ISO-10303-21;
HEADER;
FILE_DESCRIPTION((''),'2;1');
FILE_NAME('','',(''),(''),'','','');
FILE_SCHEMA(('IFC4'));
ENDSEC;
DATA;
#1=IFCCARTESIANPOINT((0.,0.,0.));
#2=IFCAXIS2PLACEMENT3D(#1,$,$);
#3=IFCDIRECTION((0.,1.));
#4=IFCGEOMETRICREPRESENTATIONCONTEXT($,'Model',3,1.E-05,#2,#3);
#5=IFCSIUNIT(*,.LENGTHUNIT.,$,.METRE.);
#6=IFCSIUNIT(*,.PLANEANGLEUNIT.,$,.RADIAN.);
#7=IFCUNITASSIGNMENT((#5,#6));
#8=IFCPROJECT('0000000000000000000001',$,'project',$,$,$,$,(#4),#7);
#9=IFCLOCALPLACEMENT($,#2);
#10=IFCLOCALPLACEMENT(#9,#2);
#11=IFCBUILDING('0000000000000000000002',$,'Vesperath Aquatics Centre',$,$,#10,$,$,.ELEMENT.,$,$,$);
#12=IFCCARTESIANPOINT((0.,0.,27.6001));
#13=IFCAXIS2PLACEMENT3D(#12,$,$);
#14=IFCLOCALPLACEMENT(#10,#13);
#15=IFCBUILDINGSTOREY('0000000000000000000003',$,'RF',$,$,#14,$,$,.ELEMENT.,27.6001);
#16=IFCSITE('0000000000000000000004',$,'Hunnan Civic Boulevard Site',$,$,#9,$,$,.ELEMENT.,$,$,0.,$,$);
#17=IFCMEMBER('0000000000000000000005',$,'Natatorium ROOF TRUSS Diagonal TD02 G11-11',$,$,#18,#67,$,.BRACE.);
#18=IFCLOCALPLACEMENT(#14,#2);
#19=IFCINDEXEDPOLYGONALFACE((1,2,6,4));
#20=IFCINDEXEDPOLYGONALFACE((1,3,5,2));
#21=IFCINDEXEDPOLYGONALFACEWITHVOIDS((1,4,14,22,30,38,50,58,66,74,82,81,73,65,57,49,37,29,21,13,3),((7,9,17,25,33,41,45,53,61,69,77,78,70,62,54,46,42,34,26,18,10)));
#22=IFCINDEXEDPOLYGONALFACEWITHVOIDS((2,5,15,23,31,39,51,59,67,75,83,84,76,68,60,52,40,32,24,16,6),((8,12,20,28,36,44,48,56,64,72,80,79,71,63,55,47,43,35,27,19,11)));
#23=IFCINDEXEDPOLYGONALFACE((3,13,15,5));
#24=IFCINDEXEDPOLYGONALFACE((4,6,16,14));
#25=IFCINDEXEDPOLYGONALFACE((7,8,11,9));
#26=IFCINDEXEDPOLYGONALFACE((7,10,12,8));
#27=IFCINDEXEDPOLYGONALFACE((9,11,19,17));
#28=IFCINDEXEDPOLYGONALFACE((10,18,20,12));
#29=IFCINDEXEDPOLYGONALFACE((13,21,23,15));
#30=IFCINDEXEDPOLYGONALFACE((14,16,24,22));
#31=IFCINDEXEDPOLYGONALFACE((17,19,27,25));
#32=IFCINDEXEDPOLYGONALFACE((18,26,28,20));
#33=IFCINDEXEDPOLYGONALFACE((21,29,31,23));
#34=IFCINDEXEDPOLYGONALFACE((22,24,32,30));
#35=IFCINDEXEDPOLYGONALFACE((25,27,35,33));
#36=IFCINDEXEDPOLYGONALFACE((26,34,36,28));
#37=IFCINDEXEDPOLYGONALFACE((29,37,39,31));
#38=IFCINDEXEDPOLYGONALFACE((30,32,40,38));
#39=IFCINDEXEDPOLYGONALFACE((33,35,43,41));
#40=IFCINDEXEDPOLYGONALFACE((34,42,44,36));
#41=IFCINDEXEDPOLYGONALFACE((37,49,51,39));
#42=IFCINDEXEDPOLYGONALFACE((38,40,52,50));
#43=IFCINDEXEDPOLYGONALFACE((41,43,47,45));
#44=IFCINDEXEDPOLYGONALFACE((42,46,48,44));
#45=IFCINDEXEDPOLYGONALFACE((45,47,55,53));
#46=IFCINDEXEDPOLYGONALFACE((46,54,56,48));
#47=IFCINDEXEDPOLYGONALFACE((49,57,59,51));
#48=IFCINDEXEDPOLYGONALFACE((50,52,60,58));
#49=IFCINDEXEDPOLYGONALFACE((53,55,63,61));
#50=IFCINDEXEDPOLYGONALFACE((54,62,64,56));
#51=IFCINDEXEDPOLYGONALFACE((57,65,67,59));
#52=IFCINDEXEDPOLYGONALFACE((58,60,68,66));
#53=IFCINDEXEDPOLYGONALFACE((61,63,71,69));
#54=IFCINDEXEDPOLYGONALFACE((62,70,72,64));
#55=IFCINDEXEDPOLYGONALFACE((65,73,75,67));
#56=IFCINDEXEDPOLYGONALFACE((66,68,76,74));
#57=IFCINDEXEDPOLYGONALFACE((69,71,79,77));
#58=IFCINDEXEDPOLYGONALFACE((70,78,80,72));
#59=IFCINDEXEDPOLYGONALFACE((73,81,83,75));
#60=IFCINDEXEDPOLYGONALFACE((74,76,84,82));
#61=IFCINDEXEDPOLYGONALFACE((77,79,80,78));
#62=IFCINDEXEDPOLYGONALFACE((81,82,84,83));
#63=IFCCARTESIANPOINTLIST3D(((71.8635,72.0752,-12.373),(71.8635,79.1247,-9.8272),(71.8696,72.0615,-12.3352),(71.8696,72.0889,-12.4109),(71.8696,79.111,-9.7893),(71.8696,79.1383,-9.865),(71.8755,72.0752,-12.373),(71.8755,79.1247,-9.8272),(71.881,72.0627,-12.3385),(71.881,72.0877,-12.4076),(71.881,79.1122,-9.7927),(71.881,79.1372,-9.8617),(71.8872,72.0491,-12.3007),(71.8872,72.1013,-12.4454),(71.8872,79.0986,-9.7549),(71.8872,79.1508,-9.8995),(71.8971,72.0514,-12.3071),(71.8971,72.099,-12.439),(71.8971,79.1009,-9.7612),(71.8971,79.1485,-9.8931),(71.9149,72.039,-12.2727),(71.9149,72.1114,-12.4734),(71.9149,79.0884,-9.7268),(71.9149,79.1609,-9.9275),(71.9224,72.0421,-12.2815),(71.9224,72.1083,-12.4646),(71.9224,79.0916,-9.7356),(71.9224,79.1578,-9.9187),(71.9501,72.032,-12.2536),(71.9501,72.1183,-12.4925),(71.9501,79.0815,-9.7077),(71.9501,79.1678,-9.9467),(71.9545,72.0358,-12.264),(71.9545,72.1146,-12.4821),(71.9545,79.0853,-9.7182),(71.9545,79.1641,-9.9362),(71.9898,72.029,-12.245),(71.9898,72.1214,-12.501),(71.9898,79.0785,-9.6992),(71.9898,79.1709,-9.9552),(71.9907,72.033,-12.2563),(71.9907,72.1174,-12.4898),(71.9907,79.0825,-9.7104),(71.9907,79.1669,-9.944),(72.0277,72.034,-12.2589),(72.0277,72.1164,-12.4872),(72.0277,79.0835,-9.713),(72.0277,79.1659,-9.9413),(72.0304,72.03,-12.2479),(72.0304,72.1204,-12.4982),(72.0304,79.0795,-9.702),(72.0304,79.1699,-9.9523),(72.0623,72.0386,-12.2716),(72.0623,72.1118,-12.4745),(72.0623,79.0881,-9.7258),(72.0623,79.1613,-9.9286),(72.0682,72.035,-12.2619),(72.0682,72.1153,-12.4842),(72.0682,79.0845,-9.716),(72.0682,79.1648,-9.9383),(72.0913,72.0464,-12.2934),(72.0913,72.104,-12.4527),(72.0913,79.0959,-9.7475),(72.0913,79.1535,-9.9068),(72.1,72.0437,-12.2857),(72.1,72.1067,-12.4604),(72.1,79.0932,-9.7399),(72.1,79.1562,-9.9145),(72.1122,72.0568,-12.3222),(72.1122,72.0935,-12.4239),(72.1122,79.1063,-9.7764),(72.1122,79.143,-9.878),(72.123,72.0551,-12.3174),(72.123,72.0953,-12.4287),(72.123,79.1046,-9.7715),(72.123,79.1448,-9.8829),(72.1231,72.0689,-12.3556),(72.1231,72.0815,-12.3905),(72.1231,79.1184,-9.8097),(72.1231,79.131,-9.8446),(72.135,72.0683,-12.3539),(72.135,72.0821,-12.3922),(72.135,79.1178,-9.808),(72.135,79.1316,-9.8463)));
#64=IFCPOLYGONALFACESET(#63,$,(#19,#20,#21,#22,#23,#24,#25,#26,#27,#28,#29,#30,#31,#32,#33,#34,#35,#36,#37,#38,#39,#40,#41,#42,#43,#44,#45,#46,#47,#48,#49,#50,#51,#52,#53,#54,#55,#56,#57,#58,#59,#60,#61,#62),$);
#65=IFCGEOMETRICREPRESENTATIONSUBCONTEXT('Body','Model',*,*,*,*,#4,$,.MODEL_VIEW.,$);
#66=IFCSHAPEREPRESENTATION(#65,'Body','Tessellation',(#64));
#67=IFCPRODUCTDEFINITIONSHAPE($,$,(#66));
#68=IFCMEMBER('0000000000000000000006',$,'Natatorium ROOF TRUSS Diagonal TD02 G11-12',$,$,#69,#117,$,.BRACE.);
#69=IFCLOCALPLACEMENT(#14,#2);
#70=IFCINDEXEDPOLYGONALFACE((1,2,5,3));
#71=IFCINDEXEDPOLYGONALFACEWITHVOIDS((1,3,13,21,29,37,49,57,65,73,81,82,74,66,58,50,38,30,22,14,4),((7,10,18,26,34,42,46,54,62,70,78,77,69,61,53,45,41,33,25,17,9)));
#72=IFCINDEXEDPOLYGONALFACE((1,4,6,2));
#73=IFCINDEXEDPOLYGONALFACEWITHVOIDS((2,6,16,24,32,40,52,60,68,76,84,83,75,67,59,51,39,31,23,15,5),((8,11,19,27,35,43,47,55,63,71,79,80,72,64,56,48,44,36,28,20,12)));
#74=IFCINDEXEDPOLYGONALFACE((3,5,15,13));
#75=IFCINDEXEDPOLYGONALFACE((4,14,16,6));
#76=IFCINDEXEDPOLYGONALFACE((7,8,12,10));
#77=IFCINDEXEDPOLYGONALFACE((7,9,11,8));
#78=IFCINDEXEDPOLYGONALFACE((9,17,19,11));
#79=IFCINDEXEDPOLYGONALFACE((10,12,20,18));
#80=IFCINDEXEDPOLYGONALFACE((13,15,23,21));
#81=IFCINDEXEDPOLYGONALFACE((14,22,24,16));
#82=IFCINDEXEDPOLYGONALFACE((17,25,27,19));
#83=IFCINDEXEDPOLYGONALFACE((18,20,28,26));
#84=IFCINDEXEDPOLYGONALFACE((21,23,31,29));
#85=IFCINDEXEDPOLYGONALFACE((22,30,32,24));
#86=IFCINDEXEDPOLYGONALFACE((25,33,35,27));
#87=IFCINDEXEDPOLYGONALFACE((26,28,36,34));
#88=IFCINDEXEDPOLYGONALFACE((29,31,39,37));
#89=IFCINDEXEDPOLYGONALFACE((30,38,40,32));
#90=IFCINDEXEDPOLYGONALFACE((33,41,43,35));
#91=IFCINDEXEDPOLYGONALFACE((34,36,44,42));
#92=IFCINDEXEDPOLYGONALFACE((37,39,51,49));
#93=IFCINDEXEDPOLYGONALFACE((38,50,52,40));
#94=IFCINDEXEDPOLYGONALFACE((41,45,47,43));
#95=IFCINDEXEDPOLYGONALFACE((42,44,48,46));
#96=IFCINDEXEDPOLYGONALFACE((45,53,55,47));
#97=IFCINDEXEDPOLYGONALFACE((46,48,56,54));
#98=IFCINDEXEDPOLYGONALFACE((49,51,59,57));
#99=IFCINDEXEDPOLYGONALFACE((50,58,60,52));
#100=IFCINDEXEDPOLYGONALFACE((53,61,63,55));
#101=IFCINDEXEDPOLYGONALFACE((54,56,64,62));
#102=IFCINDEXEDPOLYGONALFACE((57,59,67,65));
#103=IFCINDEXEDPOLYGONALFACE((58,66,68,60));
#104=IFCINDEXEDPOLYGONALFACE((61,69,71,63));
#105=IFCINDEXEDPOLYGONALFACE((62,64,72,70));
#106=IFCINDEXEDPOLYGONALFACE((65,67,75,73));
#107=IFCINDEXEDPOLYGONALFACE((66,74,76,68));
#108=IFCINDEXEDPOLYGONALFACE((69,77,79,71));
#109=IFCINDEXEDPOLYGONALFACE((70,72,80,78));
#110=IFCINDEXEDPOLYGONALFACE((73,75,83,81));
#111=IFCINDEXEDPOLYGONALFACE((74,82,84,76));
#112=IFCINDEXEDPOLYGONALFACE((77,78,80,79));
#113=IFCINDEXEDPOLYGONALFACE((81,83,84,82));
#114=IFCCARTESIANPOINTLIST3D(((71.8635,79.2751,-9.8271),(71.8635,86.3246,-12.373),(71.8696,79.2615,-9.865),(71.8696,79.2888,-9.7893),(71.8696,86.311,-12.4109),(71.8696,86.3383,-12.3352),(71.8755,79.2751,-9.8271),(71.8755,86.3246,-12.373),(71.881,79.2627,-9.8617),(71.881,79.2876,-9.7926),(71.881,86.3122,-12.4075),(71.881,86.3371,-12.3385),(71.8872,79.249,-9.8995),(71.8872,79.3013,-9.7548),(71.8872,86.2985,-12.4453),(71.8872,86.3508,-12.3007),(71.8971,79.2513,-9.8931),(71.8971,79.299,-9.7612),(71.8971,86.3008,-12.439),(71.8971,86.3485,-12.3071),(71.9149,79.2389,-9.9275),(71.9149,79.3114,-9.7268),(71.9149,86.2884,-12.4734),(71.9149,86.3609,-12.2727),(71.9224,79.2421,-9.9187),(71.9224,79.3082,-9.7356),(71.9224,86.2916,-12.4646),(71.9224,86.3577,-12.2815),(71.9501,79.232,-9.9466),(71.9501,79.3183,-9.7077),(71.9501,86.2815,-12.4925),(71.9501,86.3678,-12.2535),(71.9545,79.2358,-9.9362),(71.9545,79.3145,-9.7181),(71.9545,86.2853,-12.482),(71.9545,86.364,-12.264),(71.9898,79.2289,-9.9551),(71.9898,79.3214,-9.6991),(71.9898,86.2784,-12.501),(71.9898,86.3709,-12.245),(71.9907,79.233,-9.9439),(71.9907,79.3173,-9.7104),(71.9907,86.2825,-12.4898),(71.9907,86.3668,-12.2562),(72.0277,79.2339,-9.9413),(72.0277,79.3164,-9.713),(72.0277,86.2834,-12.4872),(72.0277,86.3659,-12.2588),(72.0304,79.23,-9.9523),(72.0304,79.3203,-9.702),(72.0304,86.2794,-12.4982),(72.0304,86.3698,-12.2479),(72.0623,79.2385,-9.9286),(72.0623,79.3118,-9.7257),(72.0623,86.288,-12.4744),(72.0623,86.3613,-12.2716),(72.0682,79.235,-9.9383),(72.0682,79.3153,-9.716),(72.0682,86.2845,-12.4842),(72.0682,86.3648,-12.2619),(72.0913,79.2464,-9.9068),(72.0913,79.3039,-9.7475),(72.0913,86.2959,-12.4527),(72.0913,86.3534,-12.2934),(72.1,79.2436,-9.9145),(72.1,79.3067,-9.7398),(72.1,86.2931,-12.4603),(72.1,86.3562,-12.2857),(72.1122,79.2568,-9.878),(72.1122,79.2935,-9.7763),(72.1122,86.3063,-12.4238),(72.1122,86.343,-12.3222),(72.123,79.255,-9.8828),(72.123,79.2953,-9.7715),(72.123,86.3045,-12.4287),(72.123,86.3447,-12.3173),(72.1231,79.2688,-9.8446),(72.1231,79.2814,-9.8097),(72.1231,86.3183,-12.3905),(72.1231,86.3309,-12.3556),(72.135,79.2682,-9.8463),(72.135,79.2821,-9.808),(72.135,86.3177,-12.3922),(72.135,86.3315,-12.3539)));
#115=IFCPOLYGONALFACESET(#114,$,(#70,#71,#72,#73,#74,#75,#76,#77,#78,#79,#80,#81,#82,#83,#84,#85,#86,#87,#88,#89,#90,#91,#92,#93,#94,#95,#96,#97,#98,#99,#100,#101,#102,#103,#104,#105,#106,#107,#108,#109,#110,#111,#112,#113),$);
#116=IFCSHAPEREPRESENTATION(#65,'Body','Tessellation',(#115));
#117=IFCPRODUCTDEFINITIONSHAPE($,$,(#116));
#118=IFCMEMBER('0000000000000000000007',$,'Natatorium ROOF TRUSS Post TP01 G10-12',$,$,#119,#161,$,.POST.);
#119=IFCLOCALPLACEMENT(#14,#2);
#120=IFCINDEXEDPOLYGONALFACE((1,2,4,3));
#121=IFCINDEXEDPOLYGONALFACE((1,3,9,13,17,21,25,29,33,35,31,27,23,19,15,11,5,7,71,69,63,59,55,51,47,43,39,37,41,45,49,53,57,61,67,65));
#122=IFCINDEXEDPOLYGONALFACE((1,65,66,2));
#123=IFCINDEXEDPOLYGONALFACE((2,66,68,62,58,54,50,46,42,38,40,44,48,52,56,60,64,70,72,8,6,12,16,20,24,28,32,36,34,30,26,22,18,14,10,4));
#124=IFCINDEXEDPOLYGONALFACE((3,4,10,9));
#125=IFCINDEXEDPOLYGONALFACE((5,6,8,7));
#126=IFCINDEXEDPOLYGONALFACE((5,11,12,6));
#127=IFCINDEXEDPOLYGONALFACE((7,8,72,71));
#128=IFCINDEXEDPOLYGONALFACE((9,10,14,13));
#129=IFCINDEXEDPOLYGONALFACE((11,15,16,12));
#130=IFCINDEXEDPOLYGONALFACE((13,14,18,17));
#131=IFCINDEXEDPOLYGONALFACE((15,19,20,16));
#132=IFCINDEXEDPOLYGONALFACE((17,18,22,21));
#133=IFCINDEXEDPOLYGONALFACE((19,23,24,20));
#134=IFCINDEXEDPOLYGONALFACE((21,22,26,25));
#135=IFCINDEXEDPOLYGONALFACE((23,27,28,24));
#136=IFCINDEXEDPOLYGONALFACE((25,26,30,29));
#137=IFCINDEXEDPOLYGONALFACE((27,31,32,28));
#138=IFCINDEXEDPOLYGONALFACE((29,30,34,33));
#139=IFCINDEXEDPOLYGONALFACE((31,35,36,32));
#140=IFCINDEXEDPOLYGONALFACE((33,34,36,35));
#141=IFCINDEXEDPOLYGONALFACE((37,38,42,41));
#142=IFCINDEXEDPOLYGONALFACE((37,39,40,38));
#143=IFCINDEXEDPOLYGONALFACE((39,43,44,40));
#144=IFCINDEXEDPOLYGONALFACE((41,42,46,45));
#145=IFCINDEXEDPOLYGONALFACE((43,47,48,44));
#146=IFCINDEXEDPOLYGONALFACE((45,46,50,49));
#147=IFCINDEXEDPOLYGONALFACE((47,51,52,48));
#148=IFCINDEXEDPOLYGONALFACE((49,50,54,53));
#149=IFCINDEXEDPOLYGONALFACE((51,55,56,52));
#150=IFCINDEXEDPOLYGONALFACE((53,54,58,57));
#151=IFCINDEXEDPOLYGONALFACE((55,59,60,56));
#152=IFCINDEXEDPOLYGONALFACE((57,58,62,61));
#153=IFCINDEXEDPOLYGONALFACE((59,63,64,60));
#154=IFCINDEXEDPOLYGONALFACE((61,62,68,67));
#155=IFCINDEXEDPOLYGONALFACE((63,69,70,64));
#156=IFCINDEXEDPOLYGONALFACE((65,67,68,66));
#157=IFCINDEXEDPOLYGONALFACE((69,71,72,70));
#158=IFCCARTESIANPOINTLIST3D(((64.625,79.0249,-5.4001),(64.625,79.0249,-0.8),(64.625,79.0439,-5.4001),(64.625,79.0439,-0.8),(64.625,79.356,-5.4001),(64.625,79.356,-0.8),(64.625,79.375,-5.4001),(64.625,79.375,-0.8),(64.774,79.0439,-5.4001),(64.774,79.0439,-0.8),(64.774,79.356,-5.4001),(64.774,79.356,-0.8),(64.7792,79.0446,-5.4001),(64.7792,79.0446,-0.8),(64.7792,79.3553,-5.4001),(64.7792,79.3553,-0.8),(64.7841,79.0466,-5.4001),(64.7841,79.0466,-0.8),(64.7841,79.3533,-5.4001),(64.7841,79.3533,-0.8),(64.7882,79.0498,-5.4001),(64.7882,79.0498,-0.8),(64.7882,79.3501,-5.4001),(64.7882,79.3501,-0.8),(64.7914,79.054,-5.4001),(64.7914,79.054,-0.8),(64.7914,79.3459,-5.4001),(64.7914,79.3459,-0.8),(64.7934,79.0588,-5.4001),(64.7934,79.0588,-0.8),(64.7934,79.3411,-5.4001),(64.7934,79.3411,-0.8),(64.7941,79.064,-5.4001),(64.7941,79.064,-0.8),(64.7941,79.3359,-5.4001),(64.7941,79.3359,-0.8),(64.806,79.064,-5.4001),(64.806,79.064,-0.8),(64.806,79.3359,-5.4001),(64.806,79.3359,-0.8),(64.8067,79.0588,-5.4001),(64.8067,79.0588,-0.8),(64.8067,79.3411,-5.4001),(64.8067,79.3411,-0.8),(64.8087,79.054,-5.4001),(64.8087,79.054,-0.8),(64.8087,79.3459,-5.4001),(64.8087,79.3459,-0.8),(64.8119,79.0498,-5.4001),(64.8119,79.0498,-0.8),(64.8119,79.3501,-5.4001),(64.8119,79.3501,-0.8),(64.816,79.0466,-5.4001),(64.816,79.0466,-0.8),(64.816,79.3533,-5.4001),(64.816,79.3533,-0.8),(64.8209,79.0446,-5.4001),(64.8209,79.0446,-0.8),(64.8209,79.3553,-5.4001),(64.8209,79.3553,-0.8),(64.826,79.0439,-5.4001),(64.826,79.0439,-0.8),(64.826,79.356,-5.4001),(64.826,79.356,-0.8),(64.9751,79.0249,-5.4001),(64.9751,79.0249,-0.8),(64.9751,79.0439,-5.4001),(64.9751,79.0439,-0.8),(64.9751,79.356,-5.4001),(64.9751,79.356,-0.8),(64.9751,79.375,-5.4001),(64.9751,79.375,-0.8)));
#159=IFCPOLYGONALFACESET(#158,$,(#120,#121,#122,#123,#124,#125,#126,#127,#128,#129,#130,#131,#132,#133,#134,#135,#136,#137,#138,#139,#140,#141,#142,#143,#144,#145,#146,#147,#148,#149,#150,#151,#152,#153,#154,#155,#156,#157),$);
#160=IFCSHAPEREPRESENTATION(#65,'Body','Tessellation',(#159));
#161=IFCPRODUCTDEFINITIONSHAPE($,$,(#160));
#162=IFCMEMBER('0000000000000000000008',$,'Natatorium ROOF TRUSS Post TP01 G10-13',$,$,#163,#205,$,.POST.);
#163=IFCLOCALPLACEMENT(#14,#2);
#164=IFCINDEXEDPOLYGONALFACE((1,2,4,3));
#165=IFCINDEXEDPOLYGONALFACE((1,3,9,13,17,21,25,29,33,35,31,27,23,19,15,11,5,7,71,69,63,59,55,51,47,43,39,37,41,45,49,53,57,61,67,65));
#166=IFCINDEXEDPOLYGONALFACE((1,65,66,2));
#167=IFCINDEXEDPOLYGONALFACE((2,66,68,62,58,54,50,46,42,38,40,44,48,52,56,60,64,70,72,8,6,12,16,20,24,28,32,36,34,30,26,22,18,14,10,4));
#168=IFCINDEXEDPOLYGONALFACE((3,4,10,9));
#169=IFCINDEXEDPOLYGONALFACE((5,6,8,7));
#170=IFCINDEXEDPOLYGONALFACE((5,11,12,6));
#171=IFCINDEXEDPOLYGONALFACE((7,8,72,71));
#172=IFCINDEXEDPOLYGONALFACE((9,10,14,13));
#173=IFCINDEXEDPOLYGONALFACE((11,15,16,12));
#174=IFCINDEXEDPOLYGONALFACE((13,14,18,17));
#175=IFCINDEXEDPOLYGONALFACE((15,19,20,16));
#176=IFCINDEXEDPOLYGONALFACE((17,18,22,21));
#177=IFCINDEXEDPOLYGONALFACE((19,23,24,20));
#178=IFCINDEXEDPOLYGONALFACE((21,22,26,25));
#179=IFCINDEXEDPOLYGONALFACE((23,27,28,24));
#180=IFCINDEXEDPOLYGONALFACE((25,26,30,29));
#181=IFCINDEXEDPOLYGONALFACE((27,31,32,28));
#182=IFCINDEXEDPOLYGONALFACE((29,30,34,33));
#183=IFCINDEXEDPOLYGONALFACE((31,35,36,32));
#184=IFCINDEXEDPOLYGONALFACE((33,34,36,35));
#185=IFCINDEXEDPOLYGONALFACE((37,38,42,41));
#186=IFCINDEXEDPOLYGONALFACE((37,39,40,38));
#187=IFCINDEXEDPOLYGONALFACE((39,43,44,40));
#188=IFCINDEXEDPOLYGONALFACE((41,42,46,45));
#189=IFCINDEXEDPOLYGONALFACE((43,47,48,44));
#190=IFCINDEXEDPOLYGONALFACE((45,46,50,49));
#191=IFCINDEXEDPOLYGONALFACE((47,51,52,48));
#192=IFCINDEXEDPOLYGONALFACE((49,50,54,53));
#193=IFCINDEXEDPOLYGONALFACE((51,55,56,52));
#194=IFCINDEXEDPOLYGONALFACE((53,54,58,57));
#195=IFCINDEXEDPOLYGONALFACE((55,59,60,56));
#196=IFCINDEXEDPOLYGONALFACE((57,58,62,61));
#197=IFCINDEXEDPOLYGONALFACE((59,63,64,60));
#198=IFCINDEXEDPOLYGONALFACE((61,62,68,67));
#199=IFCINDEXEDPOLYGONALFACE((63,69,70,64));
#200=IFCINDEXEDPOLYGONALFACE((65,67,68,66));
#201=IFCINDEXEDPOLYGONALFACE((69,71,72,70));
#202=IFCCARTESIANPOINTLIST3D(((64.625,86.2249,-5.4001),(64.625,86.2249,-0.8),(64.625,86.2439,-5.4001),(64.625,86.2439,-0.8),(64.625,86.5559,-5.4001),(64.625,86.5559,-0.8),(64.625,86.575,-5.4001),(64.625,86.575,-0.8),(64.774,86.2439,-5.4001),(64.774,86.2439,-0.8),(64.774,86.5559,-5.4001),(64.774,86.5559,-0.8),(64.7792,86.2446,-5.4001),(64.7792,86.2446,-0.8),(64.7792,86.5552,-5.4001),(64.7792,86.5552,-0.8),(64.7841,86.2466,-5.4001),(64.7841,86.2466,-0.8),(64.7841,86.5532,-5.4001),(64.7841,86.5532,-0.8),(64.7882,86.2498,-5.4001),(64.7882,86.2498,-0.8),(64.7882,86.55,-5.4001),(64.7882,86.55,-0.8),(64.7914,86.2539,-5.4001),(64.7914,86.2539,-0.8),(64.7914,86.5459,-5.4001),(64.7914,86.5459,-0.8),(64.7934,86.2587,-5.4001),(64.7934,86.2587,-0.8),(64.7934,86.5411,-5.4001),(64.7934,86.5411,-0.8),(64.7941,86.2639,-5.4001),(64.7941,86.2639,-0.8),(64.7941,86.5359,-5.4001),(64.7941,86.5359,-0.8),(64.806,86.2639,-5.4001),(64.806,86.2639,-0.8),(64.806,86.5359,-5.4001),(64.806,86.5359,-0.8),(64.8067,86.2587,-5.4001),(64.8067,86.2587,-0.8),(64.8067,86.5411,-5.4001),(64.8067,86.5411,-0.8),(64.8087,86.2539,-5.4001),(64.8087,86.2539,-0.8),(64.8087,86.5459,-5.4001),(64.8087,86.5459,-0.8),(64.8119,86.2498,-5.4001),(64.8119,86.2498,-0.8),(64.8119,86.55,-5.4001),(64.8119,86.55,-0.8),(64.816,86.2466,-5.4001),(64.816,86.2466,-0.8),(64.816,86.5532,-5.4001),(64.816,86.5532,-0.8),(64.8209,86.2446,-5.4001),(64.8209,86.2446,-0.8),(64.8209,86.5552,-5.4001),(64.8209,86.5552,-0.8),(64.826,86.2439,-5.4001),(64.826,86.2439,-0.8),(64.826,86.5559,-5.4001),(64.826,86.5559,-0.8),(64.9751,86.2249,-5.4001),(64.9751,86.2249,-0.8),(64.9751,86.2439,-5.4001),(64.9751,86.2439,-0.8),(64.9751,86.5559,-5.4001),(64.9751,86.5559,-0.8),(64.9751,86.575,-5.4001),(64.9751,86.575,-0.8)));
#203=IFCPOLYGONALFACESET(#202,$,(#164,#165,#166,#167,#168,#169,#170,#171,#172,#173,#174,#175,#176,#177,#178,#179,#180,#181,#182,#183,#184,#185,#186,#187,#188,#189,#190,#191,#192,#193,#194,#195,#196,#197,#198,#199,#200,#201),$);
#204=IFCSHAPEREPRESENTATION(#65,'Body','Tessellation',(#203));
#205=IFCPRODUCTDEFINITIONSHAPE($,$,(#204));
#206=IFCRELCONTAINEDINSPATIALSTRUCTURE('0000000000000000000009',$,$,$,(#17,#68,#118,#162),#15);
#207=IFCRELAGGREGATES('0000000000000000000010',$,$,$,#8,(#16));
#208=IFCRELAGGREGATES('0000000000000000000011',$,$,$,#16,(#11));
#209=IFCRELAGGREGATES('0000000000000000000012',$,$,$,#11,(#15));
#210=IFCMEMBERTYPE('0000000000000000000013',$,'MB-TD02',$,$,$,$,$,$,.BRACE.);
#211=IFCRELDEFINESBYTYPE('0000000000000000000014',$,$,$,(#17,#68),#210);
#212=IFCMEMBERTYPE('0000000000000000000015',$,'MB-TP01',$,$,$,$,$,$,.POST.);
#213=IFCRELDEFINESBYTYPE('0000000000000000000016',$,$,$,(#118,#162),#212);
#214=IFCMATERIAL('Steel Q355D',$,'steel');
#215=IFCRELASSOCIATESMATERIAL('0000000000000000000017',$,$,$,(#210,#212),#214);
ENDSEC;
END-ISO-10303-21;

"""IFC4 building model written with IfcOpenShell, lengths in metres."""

from ifc_helpers import new_model, si_unit, direction, frame, origin, origin_2d, place, context, subcontext, project, spatial, hollow_circle, i_section, extrude, material, material_profile, profile_set, type_object, element, save


model = new_model("IFC4")

# Units and contexts
model_context = context("Model", 3, precision=1e-05, world=origin(), true_north=direction((0.0, 1.0)))
body_context = subcontext(model_context, "Body", "Model", "MODEL_VIEW")
ifc_project = project(units=[si_unit("LENGTHUNIT", "METRE"), si_unit("PLANEANGLEUNIT", "RADIAN")], contexts=[model_context])

# Site, building, storey
site_placement = place(None, origin())
site = spatial("IfcSite", under=ifc_project, at=site_placement, Name="Hunnan Civic Boulevard Site", CompositionType="ELEMENT", RefElevation=0.0)
building_placement = place(site_placement, origin())
building = spatial("IfcBuilding", under=site, at=building_placement, Name="Vesperath Aquatics Centre", CompositionType="ELEMENT")
storey_placement = place(building_placement, frame((0.0, 0.0, 27.6001)))
storey = spatial("IfcBuildingStorey", under=building, at=storey_placement, Name="RF", CompositionType="ELEMENT", Elevation=27.6001)

# Members
ifc_material_1 = material(Name="Steel Q355D", Category="steel")
ifc_material_profile_1 = material_profile(ifc_material_1, hollow_circle(Radius=0.1365, WallThickness=0.012, at=origin_2d()), Name="CHS 273.0x12")
ifc_profile_set_1 = profile_set([ifc_material_profile_1], Name="Steel Q355D")
member_type_1 = type_object("IfcMemberType", Name="MB-TD02", PredefinedType="BRACE", material=ifc_profile_set_1)
for number, where, z_axis, x_axis, name in (
    (1, (72.0, 72.0752, -12.373), (0.0, 0.940544, 0.339671), (-1.0, 0.0, 0.0), "Natatorium ROOF TRUSS Diagonal TD02 G11-11"),
    (2, (72.0, 79.2751, -9.8271), (0.0, 0.940544, -0.339671), (-1.0, 0.0, 0.0), "Natatorium ROOF TRUSS Diagonal TD02 G11-12"),
):
    element("IfcMember", number, at=place(storey_placement, frame(where, z_axis=z_axis, x_axis=x_axis)), inside=storey, type_object=member_type_1, Name=name, PredefinedType="BRACE", context=body_context, shape_type="SweptSolid", body=[
        extrude(hollow_circle(Radius=0.1365, WallThickness=0.012, at=origin_2d()), origin(), (0.0, 0.0, 1.0), 7.4951),
    ])
ifc_material_profile_2 = material_profile(ifc_material_1, i_section(OverallWidth=0.3501, OverallDepth=0.3501, WebThickness=0.012, FlangeThickness=0.019, FilletRadius=0.02, at=origin_2d()), Name="HW 350x350x12x19")
ifc_profile_set_2 = profile_set([ifc_material_profile_2], Name="Steel Q355D")
member_type_2 = type_object("IfcMemberType", Name="MB-TP01", PredefinedType="POST", material=ifc_profile_set_2)
for number, where, z_axis, x_axis, name in (
    (3, (64.8, 79.2, -5.4001), (0.0, 0.0, 1.0), (1.0, 0.0, 0.0), "Natatorium ROOF TRUSS Post TP01 G10-12"),
    (4, (64.8, 86.3999, -5.4001), (0.0, 0.0, 1.0), (1.0, 0.0, 0.0), "Natatorium ROOF TRUSS Post TP01 G10-13"),
):
    element("IfcMember", number, at=place(storey_placement, frame(where, z_axis=z_axis, x_axis=x_axis)), inside=storey, type_object=member_type_2, Name=name, PredefinedType="POST", context=body_context, shape_type="SweptSolid", body=[
        extrude(i_section(OverallWidth=0.3501, OverallDepth=0.3501, WebThickness=0.012, FlangeThickness=0.019, FilletRadius=0.02, at=origin_2d()), origin(), (0.0, 0.0, 1.0), 4.6001),
    ])

save(model, "model.ifc")
